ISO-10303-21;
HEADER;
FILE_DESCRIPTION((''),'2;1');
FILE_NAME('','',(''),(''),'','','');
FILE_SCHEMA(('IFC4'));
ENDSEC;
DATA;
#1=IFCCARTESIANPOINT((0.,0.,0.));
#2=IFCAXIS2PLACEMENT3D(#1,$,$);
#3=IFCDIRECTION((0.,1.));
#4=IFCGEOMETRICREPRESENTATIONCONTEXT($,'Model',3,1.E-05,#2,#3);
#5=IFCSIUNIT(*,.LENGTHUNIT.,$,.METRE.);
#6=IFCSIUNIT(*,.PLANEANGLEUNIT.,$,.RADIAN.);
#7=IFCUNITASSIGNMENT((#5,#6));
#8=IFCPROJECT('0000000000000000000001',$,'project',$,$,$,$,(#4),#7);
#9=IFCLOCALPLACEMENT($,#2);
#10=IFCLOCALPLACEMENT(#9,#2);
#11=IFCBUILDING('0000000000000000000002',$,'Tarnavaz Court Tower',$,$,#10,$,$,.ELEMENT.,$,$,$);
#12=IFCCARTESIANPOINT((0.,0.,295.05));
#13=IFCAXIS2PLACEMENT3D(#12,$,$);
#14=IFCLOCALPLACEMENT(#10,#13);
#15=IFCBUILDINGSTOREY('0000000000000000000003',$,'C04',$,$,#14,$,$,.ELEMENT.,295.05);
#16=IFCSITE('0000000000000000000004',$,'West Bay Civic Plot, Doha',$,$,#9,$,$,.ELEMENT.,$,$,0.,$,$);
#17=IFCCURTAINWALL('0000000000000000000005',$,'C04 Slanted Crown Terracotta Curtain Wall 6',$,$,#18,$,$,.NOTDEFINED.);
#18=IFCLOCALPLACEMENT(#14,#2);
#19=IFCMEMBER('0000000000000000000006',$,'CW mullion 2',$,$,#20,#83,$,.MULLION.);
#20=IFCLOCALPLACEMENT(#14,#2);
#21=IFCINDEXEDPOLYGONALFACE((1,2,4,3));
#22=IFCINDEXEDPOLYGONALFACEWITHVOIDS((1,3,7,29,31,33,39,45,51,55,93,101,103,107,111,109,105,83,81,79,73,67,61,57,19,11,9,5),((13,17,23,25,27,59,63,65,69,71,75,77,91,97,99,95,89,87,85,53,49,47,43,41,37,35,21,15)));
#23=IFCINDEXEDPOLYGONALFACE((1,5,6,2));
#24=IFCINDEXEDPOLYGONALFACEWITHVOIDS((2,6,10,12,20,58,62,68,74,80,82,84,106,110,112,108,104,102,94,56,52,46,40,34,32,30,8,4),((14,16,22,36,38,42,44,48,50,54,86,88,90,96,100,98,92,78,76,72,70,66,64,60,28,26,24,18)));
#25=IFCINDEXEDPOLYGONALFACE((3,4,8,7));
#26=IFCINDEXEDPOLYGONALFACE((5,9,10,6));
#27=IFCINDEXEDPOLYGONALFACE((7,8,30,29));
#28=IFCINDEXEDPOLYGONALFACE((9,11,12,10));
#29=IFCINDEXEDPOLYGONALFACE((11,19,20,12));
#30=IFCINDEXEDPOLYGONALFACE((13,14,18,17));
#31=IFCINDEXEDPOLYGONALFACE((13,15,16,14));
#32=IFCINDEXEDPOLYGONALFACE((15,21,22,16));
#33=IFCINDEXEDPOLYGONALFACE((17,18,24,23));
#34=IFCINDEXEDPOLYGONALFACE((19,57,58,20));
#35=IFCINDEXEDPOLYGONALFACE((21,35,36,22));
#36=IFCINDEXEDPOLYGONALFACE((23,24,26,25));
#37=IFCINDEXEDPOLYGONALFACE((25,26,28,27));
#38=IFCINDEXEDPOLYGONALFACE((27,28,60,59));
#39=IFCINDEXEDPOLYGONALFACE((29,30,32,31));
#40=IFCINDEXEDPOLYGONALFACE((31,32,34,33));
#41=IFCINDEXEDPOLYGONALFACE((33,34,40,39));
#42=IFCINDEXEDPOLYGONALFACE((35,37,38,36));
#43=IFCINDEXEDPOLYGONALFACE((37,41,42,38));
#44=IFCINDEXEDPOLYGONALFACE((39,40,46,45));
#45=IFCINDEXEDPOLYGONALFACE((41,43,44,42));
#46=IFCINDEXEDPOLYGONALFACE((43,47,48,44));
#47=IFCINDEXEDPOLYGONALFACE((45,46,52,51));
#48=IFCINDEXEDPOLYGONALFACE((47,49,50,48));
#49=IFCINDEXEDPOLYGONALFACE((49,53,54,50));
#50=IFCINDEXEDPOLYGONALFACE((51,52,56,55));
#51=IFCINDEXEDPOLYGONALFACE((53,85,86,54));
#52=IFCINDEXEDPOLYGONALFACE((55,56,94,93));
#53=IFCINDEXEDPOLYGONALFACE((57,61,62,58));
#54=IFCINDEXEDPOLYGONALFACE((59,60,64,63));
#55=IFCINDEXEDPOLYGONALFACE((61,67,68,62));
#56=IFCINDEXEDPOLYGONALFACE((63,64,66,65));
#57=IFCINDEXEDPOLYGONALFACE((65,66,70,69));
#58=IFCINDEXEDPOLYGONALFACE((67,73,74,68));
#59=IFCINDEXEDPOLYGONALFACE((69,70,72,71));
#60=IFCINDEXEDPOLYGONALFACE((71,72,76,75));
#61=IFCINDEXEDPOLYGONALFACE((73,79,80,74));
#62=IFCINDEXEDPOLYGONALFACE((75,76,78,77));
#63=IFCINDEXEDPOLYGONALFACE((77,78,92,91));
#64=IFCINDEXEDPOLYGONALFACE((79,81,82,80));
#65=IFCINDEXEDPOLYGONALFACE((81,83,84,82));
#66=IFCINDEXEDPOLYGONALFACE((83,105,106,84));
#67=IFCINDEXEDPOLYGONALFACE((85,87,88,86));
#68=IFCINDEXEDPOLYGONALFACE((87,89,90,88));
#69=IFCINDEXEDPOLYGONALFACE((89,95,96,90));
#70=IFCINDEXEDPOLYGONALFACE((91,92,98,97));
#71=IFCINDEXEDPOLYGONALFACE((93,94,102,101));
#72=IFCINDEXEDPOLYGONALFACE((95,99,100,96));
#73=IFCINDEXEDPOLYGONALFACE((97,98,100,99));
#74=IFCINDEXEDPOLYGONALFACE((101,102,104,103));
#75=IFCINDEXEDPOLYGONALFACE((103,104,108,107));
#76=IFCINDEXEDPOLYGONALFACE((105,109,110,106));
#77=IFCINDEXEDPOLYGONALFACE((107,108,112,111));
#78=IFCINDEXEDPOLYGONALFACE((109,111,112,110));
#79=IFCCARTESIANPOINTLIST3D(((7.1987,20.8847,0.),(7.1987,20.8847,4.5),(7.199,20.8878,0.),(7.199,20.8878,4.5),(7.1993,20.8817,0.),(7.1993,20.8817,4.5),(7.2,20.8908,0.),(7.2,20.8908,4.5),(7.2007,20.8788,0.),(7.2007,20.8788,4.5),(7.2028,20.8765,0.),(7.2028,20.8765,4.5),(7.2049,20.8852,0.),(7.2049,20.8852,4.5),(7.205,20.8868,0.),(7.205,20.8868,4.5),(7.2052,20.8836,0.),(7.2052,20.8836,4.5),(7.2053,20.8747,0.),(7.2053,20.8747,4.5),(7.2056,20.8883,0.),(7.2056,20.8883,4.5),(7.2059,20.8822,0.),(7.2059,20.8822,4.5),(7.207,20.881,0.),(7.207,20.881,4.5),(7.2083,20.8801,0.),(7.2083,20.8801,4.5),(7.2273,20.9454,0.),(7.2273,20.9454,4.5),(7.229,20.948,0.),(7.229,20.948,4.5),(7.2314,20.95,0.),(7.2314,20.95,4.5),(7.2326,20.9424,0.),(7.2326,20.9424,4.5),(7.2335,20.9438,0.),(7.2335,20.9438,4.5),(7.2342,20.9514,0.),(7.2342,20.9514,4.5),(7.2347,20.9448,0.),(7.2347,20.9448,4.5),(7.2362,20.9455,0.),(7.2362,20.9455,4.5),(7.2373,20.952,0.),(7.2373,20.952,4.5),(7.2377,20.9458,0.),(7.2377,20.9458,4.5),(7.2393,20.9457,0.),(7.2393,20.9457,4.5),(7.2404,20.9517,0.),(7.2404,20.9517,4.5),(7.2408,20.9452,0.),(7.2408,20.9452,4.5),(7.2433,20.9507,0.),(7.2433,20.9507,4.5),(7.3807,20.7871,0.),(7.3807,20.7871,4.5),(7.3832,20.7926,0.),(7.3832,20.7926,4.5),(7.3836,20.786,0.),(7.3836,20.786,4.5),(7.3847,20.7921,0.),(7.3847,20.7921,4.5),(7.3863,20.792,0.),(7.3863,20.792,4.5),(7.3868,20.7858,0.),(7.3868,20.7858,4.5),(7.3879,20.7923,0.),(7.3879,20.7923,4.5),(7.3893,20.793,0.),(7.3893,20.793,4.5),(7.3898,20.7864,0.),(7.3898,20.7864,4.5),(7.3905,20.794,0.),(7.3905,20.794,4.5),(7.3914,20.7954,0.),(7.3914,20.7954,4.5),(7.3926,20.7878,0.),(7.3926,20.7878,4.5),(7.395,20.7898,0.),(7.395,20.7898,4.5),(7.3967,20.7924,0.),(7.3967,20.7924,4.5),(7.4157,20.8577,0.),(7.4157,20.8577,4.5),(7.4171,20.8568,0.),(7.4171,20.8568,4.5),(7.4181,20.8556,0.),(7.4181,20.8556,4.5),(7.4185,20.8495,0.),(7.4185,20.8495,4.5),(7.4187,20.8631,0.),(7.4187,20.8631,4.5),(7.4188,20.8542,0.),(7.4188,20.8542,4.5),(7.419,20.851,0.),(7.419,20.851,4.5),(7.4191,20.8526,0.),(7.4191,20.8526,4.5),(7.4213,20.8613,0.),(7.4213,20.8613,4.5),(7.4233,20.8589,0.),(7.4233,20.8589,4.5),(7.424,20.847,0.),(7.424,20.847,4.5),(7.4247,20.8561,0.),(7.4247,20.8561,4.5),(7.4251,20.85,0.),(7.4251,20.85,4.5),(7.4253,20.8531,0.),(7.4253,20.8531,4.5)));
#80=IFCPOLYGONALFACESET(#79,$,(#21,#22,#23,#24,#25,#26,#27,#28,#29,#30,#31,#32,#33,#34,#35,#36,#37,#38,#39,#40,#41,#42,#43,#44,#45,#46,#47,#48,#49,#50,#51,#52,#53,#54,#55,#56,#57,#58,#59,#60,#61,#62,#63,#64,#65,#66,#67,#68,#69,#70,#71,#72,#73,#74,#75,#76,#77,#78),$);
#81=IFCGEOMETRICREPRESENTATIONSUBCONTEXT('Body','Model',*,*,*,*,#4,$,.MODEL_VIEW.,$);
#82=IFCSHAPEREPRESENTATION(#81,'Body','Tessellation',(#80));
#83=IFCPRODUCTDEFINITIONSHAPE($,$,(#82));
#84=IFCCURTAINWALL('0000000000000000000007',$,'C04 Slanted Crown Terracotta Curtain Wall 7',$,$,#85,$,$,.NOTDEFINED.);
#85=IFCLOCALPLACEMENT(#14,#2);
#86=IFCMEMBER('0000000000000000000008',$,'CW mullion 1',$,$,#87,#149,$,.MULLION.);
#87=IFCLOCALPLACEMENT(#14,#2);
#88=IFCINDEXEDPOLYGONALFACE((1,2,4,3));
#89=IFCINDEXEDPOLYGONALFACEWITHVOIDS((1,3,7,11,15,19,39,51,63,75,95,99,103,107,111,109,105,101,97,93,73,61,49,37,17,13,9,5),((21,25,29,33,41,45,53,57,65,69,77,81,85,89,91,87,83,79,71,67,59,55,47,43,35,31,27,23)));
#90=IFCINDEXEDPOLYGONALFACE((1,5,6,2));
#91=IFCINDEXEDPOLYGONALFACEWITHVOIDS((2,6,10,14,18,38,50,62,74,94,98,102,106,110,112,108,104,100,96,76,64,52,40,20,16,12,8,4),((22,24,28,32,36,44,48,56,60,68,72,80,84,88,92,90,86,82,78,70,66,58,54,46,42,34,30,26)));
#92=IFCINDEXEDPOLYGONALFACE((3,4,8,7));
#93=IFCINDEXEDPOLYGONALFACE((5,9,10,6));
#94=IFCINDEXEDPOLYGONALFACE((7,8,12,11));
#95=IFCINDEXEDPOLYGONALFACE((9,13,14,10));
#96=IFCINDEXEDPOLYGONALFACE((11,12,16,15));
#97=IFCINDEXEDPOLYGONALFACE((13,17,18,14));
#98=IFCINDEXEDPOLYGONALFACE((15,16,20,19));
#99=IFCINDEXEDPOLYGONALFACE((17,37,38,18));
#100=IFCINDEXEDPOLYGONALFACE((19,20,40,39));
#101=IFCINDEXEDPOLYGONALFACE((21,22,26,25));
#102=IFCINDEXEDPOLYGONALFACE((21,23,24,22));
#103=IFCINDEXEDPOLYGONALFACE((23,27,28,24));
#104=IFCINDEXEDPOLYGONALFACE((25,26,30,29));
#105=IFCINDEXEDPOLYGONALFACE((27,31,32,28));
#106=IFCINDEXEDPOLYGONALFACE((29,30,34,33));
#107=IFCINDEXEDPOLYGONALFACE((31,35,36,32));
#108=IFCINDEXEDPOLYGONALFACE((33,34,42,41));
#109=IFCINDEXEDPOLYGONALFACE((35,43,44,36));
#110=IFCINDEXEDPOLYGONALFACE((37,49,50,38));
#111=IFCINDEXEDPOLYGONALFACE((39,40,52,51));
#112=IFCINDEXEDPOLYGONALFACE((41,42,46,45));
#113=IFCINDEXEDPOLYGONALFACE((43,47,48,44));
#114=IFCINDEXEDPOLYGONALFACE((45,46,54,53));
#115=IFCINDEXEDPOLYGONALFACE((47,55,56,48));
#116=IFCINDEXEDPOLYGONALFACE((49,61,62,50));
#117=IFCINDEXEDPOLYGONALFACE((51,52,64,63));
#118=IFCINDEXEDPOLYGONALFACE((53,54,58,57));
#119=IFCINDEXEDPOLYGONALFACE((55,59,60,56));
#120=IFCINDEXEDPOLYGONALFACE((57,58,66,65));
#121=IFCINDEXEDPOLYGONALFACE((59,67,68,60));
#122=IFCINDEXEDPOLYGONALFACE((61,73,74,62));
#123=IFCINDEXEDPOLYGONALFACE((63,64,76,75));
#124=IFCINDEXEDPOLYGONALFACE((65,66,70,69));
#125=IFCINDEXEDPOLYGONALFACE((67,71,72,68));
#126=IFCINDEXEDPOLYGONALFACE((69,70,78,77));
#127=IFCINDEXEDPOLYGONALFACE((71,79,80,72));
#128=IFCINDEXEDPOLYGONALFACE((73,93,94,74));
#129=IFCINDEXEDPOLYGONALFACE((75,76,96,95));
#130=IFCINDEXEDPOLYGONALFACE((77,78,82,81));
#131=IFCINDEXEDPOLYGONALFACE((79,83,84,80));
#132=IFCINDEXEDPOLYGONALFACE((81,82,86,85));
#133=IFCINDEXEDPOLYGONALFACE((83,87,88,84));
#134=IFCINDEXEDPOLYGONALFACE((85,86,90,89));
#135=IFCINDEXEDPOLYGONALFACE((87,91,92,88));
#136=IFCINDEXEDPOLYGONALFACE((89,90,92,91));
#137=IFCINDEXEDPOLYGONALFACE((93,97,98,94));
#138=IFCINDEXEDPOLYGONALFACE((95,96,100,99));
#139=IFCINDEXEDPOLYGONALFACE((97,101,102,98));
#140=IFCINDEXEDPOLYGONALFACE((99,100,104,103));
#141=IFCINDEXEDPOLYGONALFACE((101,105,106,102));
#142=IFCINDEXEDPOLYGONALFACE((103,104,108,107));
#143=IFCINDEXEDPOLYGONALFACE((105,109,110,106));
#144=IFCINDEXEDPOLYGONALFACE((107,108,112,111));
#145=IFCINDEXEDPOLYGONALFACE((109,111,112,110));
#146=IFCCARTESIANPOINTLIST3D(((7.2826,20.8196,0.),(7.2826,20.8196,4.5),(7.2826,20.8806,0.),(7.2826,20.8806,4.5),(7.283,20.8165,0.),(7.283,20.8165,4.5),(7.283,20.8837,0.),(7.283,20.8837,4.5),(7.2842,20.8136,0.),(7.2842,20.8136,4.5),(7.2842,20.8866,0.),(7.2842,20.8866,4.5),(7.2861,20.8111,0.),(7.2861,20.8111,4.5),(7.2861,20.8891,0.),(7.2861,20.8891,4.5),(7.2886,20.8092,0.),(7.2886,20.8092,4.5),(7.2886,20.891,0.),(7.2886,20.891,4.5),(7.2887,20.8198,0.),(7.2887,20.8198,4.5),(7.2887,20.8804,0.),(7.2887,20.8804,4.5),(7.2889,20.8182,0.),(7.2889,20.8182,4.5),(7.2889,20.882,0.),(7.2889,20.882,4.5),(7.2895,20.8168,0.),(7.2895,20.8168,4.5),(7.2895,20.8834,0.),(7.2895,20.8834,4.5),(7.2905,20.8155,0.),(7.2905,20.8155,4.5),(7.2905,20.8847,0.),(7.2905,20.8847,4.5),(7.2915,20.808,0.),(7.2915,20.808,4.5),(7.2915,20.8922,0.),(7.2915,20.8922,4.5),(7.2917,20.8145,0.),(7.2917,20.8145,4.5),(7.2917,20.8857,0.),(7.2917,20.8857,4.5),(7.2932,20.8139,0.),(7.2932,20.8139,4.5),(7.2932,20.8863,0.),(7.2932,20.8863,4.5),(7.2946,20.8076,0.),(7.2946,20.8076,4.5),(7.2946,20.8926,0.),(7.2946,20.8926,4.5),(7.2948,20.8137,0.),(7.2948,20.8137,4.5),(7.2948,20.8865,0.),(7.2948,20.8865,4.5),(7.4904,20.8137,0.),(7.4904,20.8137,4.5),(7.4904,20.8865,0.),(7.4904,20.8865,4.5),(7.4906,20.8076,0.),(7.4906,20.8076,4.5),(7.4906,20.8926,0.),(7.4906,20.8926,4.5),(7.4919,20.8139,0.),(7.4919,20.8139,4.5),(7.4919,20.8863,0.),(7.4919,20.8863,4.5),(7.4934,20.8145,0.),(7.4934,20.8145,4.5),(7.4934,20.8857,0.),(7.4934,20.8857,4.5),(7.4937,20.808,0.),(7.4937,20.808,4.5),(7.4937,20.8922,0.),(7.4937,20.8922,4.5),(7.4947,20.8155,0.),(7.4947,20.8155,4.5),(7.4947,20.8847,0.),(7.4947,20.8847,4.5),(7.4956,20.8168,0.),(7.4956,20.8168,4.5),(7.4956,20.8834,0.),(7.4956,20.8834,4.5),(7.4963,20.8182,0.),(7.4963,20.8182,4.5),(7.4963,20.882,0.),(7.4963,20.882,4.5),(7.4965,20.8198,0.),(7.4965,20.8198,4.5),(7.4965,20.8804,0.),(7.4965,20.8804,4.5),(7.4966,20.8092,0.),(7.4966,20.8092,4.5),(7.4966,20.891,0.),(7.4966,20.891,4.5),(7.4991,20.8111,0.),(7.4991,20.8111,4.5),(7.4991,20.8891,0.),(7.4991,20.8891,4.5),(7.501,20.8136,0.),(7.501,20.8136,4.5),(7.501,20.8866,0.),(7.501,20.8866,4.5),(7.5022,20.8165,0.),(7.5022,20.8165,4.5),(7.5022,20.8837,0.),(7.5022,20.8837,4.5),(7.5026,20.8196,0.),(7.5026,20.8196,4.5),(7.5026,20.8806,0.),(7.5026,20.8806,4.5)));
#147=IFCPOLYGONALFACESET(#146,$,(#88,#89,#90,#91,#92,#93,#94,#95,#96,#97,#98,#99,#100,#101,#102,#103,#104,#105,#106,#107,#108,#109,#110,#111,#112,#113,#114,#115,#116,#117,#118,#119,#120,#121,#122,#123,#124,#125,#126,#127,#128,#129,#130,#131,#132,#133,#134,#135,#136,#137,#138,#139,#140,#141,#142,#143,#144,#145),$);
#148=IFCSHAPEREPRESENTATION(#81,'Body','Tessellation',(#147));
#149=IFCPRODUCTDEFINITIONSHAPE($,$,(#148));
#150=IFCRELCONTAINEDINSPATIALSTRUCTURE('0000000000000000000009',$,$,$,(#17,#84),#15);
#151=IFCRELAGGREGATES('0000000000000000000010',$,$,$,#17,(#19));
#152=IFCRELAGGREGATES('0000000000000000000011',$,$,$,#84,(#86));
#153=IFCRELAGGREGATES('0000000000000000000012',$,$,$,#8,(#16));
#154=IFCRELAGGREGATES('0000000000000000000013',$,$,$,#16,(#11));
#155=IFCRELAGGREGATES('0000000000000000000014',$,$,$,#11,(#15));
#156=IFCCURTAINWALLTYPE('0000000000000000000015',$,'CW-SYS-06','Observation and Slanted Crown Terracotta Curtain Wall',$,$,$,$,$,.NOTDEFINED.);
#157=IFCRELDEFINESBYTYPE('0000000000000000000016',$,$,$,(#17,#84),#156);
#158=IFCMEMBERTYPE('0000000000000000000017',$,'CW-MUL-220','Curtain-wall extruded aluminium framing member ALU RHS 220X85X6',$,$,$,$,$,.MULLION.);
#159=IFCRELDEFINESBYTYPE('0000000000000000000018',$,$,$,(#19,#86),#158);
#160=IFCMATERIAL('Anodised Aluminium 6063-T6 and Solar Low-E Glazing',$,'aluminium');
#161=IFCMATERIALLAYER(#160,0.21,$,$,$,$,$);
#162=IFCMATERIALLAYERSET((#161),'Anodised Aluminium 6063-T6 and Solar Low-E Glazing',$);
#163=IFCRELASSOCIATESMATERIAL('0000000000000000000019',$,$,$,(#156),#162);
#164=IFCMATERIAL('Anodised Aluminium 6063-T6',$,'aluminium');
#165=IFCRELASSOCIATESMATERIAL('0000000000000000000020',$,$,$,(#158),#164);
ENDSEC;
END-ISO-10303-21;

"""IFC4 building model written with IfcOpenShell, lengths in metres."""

from ifc_helpers import new_model, si_unit, direction, frame, origin, origin_2d, place, context, subcontext, project, spatial, hollow_rectangle, extrude, material, layer, layer_set, material_profile, profile_set, type_object, element, aggregate, save


model = new_model("IFC4")

# Units and contexts
model_context = context("Model", 3, precision=1e-05, world=origin(), true_north=direction((0.0, 1.0)))
body_context = subcontext(model_context, "Body", "Model", "MODEL_VIEW")
ifc_project = project(units=[si_unit("LENGTHUNIT", "METRE"), si_unit("PLANEANGLEUNIT", "RADIAN")], contexts=[model_context])

# Site, building, storey
site_placement = place(None, origin())
site = spatial("IfcSite", under=ifc_project, at=site_placement, Name="West Bay Civic Plot, Doha", CompositionType="ELEMENT", RefElevation=0.0)
building_placement = place(site_placement, origin())
building = spatial("IfcBuilding", under=site, at=building_placement, Name="Tarnavaz Court Tower", CompositionType="ELEMENT")
storey_placement = place(building_placement, frame((0.0, 0.0, 295.05)))
storey = spatial("IfcBuildingStorey", under=building, at=storey_placement, Name="C04", CompositionType="ELEMENT", Elevation=295.05)

# Shared definitions
ifc_material_1 = material(Name="Anodised Aluminium 6063-T6 and Solar Low-E Glazing", Category="aluminium")
ifc_layer_1 = layer(ifc_material_1, 0.21)
ifc_layer_set_1 = layer_set([ifc_layer_1], Name="Anodised Aluminium 6063-T6 and Solar Low-E Glazing")
curtain_wall_type = type_object("IfcCurtainWallType", Name="CW-SYS-06", Description="Observation and Slanted Crown Terracotta Curtain Wall", PredefinedType="NOTDEFINED", material=ifc_layer_set_1)
ifc_material_2 = material(Name="Anodised Aluminium 6063-T6", Category="aluminium")
ifc_material_profile_1 = material_profile(ifc_material_2, hollow_rectangle(XDim=0.085, YDim=0.22, WallThickness=0.0061, InnerFilletRadius=0.0061, OuterFilletRadius=0.012, at=origin_2d()), Name="ALU RHS 220X85X6")
ifc_profile_set_1 = profile_set([ifc_material_profile_1], Name="Anodised Aluminium 6063-T6")
member_type_1 = type_object("IfcMemberType", Name="CW-MUL-220", Description="Curtain-wall extruded aluminium framing member ALU RHS 220X85X6", PredefinedType="MULLION", material=ifc_profile_set_1)

# Curtain walls, members
curtain_wall_1_placement = place(storey_placement, origin())
curtain_wall_1 = element("IfcCurtainWall", 1, at=curtain_wall_1_placement, inside=storey, type_object=curtain_wall_type, Name="C04 Slanted Crown Terracotta Curtain Wall 6", PredefinedType="NOTDEFINED")
member_1_placement = place(storey_placement, frame((7.312, 20.8689, 0.0), z_axis=(0.0, 0.0, 1.0), x_axis=(0.447214, 0.894427, 0.0)))
member_1 = element("IfcMember", 2, at=member_1_placement, type_object=member_type_1, Name="CW mullion 2", PredefinedType="MULLION", context=body_context, shape_type="SweptSolid", body=[
    extrude(hollow_rectangle(XDim=0.085, YDim=0.22, WallThickness=0.0061, InnerFilletRadius=0.0061, OuterFilletRadius=0.012, at=origin_2d()), origin(), (0.0, 0.0, 1.0), 4.5),
])
curtain_wall_2_placement = place(storey_placement, origin())
curtain_wall_2 = element("IfcCurtainWall", 3, at=curtain_wall_2_placement, inside=storey, type_object=curtain_wall_type, Name="C04 Slanted Crown Terracotta Curtain Wall 7", PredefinedType="NOTDEFINED")
member_2_placement = place(storey_placement, frame((7.3926, 20.8501, 0.0), z_axis=(0.0, 0.0, 1.0), x_axis=(0.0, 1.0, 0.0)))
member_2 = element("IfcMember", 4, at=member_2_placement, type_object=member_type_1, Name="CW mullion 1", PredefinedType="MULLION", context=body_context, shape_type="SweptSolid", body=[
    extrude(hollow_rectangle(XDim=0.085, YDim=0.22, WallThickness=0.0061, InnerFilletRadius=0.0061, OuterFilletRadius=0.012, at=origin_2d()), origin(), (0.0, 0.0, 1.0), 4.5),
])

aggregate(curtain_wall_1, [member_1])
aggregate(curtain_wall_2, [member_2])

save(model, "model.ifc")
